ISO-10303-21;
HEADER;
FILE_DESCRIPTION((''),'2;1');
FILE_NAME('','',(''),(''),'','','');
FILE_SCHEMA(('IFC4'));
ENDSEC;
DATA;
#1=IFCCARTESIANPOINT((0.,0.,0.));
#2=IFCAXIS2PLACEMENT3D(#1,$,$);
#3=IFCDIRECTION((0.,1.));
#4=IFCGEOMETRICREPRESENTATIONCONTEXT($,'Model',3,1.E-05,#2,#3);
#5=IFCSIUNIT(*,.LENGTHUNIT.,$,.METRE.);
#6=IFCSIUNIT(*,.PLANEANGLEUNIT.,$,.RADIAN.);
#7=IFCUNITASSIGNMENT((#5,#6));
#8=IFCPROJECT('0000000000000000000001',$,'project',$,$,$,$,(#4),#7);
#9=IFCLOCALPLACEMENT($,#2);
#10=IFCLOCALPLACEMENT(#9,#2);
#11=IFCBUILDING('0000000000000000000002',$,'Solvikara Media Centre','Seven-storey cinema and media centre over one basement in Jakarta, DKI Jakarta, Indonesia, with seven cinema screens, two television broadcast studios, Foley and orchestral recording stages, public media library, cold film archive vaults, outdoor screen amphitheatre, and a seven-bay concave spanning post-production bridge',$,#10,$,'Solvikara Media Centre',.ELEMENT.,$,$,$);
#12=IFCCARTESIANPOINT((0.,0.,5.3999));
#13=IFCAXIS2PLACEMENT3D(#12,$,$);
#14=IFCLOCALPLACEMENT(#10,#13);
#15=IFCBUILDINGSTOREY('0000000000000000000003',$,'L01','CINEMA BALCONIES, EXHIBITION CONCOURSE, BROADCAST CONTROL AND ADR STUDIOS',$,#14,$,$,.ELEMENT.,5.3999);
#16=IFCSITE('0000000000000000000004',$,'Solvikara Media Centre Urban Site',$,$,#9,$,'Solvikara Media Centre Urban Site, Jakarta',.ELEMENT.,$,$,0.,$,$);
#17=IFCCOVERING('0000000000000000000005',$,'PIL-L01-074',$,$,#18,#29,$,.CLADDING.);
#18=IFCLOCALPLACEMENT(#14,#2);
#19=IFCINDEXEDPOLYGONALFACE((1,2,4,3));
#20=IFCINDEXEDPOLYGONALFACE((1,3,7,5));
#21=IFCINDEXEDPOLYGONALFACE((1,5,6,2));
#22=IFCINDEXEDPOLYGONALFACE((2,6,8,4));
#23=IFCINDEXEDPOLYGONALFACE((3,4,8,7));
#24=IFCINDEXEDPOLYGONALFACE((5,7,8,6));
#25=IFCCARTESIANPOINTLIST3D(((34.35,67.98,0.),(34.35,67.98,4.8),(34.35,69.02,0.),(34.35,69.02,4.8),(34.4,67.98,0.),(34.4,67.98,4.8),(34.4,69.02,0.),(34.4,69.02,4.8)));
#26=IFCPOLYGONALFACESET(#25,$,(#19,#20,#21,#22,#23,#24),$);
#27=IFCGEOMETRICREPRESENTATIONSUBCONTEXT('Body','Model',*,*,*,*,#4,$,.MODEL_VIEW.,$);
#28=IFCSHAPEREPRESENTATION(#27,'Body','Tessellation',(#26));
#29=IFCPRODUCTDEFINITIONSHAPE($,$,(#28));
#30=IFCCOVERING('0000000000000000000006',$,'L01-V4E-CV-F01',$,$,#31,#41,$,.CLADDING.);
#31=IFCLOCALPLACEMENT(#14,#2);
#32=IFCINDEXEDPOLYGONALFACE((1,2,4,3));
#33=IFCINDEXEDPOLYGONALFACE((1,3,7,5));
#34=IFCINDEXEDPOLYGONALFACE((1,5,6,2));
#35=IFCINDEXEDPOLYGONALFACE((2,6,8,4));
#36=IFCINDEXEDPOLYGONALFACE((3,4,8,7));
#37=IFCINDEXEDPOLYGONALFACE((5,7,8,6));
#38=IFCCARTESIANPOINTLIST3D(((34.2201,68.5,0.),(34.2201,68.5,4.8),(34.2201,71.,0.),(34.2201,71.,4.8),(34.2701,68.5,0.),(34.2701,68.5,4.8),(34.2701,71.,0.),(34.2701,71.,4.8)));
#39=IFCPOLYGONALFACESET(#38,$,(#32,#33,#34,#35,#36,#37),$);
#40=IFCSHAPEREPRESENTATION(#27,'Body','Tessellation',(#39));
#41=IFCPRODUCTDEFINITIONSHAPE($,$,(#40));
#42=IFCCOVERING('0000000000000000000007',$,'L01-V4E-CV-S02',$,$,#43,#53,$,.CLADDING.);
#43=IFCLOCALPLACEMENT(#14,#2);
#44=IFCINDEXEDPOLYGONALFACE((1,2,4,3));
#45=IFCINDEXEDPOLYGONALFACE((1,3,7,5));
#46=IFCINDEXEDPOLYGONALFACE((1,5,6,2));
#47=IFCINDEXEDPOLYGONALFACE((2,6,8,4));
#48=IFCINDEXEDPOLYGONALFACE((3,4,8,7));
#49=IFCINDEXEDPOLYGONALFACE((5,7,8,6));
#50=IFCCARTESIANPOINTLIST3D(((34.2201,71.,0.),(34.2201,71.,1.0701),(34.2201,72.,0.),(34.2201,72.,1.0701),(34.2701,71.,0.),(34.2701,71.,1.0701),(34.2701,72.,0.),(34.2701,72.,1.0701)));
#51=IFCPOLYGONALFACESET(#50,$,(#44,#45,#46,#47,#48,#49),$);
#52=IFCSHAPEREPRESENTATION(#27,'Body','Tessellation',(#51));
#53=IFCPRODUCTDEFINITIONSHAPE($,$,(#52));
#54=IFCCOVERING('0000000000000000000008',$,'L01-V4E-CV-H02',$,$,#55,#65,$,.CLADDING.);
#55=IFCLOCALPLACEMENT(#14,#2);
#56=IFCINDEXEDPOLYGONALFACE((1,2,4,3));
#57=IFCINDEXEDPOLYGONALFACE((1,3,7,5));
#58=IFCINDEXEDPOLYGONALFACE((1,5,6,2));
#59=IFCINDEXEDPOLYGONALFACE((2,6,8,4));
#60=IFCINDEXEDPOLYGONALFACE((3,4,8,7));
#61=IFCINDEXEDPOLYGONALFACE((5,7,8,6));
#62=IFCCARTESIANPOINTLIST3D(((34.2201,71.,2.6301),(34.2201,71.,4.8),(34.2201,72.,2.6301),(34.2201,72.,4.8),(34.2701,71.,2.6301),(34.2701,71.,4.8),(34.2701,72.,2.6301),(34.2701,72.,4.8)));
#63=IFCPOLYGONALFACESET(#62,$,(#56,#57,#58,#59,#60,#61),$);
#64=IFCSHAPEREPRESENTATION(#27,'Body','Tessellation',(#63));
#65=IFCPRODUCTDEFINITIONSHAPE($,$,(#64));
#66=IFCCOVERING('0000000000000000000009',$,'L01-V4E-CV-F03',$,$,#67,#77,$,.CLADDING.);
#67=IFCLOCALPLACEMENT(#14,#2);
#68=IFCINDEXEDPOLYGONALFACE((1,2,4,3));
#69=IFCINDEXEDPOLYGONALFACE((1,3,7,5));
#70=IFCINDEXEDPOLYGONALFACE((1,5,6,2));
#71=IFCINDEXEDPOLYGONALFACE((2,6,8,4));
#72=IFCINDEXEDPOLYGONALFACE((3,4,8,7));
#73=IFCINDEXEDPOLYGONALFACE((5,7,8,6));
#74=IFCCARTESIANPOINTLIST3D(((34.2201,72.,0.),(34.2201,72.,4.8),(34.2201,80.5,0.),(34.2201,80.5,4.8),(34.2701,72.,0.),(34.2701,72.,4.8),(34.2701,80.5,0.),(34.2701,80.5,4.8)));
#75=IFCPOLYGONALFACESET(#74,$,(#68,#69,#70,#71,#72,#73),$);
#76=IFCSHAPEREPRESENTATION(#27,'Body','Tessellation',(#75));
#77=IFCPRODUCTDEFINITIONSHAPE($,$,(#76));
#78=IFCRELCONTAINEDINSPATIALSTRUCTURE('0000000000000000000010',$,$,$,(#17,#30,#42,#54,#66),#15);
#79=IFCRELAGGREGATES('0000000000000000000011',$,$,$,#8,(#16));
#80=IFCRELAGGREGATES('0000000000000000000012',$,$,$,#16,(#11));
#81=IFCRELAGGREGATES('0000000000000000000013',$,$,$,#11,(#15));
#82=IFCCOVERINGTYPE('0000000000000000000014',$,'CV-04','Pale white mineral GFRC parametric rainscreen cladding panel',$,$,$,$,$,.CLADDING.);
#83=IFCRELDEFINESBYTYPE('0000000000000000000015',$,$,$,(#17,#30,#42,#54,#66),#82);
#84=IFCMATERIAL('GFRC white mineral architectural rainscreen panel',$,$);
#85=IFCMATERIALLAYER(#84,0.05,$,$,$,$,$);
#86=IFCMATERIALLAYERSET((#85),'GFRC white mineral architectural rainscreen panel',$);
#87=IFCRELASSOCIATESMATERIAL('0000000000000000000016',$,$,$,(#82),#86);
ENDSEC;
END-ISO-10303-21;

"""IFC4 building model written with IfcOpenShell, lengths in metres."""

from ifc_helpers import new_model, si_unit, direction, frame, origin, origin_2d, place, context, subcontext, project, spatial, rectangle, extrude, material, layer, layer_set, type_object, element, save


model = new_model("IFC4")

# Units and contexts
model_context = context("Model", 3, precision=1e-05, world=origin(), true_north=direction((0.0, 1.0)))
body_context = subcontext(model_context, "Body", "Model", "MODEL_VIEW")
ifc_project = project(units=[si_unit("LENGTHUNIT", "METRE"), si_unit("PLANEANGLEUNIT", "RADIAN")], contexts=[model_context])

# Site, building, storey
site_placement = place(None, origin())
site = spatial("IfcSite", under=ifc_project, at=site_placement, Name="Solvikara Media Centre Urban Site", LongName="Solvikara Media Centre Urban Site, Jakarta", CompositionType="ELEMENT", RefElevation=0.0)
building_placement = place(site_placement, origin())
building = spatial("IfcBuilding", under=site, at=building_placement, Name="Solvikara Media Centre", Description="Seven-storey cinema and media centre over one basement in Jakarta, DKI Jakarta, Indonesia, with seven cinema screens, two television broadcast studios, Foley and orchestral recording stages, public media library, cold film archive vaults, outdoor screen amphitheatre, and a seven-bay concave spanning post-production bridge", LongName="Solvikara Media Centre", CompositionType="ELEMENT")
storey_placement = place(building_placement, frame((0.0, 0.0, 5.3999)))
storey = spatial("IfcBuildingStorey", under=building, at=storey_placement, Name="L01", Description="CINEMA BALCONIES, EXHIBITION CONCOURSE, BROADCAST CONTROL AND ADR STUDIOS", CompositionType="ELEMENT", Elevation=5.3999)

# Coverings
ifc_material_1 = material(Name="GFRC white mineral architectural rainscreen panel")
ifc_layer_1 = layer(ifc_material_1, 0.05)
ifc_layer_set_1 = layer_set([ifc_layer_1], Name="GFRC white mineral architectural rainscreen panel")
covering_type = type_object("IfcCoveringType", Name="CV-04", Description="Pale white mineral GFRC parametric rainscreen cladding panel", PredefinedType="CLADDING", material=ifc_layer_set_1)
covering_1_placement = place(storey_placement, frame((34.375, 68.5, 0.0), z_axis=(0.0, 0.0, 1.0), x_axis=(0.0, 1.0, 0.0)))
element("IfcCovering", 1, at=covering_1_placement, inside=storey, type_object=covering_type, Name="PIL-L01-074", PredefinedType="CLADDING", context=body_context, shape_type="SweptSolid", body=[
    extrude(rectangle(XDim=1.04, YDim=0.05, at=origin_2d()), origin(), (0.0, 0.0, 1.0), 4.8),
])
covering_2_placement = place(storey_placement, frame((34.2451, 69.75, 0.0), z_axis=(0.0, 0.0, 1.0), x_axis=(0.0, 1.0, 0.0)))
element("IfcCovering", 2, at=covering_2_placement, inside=storey, type_object=covering_type, Name="L01-V4E-CV-F01", PredefinedType="CLADDING", context=body_context, shape_type="SweptSolid", body=[
    extrude(rectangle(XDim=2.5, YDim=0.05, at=origin_2d()), origin(), (0.0, 0.0, 1.0), 4.8),
])
covering_3_placement = place(storey_placement, frame((34.2451, 71.5, 0.0), z_axis=(0.0, 0.0, 1.0), x_axis=(0.0, 1.0, 0.0)))
element("IfcCovering", 3, at=covering_3_placement, inside=storey, type_object=covering_type, Name="L01-V4E-CV-S02", PredefinedType="CLADDING", context=body_context, shape_type="SweptSolid", body=[
    extrude(rectangle(XDim=1.0, YDim=0.05, at=origin_2d()), origin(), (0.0, 0.0, 1.0), 1.0701),
])
covering_4_placement = place(storey_placement, frame((34.2451, 71.5, 2.6301), z_axis=(0.0, 0.0, 1.0), x_axis=(0.0, 1.0, 0.0)))
element("IfcCovering", 4, at=covering_4_placement, inside=storey, type_object=covering_type, Name="L01-V4E-CV-H02", PredefinedType="CLADDING", context=body_context, shape_type="SweptSolid", body=[
    extrude(rectangle(XDim=1.0, YDim=0.05, at=origin_2d()), origin(), (0.0, 0.0, 1.0), 2.1699),
])
covering_5_placement = place(storey_placement, frame((34.2451, 76.25, 0.0), z_axis=(0.0, 0.0, 1.0), x_axis=(0.0, 1.0, 0.0)))
element("IfcCovering", 5, at=covering_5_placement, inside=storey, type_object=covering_type, Name="L01-V4E-CV-F03", PredefinedType="CLADDING", context=body_context, shape_type="SweptSolid", body=[
    extrude(rectangle(XDim=8.5, YDim=0.05, at=origin_2d()), origin(), (0.0, 0.0, 1.0), 4.8),
])

save(model, "model.ifc")
